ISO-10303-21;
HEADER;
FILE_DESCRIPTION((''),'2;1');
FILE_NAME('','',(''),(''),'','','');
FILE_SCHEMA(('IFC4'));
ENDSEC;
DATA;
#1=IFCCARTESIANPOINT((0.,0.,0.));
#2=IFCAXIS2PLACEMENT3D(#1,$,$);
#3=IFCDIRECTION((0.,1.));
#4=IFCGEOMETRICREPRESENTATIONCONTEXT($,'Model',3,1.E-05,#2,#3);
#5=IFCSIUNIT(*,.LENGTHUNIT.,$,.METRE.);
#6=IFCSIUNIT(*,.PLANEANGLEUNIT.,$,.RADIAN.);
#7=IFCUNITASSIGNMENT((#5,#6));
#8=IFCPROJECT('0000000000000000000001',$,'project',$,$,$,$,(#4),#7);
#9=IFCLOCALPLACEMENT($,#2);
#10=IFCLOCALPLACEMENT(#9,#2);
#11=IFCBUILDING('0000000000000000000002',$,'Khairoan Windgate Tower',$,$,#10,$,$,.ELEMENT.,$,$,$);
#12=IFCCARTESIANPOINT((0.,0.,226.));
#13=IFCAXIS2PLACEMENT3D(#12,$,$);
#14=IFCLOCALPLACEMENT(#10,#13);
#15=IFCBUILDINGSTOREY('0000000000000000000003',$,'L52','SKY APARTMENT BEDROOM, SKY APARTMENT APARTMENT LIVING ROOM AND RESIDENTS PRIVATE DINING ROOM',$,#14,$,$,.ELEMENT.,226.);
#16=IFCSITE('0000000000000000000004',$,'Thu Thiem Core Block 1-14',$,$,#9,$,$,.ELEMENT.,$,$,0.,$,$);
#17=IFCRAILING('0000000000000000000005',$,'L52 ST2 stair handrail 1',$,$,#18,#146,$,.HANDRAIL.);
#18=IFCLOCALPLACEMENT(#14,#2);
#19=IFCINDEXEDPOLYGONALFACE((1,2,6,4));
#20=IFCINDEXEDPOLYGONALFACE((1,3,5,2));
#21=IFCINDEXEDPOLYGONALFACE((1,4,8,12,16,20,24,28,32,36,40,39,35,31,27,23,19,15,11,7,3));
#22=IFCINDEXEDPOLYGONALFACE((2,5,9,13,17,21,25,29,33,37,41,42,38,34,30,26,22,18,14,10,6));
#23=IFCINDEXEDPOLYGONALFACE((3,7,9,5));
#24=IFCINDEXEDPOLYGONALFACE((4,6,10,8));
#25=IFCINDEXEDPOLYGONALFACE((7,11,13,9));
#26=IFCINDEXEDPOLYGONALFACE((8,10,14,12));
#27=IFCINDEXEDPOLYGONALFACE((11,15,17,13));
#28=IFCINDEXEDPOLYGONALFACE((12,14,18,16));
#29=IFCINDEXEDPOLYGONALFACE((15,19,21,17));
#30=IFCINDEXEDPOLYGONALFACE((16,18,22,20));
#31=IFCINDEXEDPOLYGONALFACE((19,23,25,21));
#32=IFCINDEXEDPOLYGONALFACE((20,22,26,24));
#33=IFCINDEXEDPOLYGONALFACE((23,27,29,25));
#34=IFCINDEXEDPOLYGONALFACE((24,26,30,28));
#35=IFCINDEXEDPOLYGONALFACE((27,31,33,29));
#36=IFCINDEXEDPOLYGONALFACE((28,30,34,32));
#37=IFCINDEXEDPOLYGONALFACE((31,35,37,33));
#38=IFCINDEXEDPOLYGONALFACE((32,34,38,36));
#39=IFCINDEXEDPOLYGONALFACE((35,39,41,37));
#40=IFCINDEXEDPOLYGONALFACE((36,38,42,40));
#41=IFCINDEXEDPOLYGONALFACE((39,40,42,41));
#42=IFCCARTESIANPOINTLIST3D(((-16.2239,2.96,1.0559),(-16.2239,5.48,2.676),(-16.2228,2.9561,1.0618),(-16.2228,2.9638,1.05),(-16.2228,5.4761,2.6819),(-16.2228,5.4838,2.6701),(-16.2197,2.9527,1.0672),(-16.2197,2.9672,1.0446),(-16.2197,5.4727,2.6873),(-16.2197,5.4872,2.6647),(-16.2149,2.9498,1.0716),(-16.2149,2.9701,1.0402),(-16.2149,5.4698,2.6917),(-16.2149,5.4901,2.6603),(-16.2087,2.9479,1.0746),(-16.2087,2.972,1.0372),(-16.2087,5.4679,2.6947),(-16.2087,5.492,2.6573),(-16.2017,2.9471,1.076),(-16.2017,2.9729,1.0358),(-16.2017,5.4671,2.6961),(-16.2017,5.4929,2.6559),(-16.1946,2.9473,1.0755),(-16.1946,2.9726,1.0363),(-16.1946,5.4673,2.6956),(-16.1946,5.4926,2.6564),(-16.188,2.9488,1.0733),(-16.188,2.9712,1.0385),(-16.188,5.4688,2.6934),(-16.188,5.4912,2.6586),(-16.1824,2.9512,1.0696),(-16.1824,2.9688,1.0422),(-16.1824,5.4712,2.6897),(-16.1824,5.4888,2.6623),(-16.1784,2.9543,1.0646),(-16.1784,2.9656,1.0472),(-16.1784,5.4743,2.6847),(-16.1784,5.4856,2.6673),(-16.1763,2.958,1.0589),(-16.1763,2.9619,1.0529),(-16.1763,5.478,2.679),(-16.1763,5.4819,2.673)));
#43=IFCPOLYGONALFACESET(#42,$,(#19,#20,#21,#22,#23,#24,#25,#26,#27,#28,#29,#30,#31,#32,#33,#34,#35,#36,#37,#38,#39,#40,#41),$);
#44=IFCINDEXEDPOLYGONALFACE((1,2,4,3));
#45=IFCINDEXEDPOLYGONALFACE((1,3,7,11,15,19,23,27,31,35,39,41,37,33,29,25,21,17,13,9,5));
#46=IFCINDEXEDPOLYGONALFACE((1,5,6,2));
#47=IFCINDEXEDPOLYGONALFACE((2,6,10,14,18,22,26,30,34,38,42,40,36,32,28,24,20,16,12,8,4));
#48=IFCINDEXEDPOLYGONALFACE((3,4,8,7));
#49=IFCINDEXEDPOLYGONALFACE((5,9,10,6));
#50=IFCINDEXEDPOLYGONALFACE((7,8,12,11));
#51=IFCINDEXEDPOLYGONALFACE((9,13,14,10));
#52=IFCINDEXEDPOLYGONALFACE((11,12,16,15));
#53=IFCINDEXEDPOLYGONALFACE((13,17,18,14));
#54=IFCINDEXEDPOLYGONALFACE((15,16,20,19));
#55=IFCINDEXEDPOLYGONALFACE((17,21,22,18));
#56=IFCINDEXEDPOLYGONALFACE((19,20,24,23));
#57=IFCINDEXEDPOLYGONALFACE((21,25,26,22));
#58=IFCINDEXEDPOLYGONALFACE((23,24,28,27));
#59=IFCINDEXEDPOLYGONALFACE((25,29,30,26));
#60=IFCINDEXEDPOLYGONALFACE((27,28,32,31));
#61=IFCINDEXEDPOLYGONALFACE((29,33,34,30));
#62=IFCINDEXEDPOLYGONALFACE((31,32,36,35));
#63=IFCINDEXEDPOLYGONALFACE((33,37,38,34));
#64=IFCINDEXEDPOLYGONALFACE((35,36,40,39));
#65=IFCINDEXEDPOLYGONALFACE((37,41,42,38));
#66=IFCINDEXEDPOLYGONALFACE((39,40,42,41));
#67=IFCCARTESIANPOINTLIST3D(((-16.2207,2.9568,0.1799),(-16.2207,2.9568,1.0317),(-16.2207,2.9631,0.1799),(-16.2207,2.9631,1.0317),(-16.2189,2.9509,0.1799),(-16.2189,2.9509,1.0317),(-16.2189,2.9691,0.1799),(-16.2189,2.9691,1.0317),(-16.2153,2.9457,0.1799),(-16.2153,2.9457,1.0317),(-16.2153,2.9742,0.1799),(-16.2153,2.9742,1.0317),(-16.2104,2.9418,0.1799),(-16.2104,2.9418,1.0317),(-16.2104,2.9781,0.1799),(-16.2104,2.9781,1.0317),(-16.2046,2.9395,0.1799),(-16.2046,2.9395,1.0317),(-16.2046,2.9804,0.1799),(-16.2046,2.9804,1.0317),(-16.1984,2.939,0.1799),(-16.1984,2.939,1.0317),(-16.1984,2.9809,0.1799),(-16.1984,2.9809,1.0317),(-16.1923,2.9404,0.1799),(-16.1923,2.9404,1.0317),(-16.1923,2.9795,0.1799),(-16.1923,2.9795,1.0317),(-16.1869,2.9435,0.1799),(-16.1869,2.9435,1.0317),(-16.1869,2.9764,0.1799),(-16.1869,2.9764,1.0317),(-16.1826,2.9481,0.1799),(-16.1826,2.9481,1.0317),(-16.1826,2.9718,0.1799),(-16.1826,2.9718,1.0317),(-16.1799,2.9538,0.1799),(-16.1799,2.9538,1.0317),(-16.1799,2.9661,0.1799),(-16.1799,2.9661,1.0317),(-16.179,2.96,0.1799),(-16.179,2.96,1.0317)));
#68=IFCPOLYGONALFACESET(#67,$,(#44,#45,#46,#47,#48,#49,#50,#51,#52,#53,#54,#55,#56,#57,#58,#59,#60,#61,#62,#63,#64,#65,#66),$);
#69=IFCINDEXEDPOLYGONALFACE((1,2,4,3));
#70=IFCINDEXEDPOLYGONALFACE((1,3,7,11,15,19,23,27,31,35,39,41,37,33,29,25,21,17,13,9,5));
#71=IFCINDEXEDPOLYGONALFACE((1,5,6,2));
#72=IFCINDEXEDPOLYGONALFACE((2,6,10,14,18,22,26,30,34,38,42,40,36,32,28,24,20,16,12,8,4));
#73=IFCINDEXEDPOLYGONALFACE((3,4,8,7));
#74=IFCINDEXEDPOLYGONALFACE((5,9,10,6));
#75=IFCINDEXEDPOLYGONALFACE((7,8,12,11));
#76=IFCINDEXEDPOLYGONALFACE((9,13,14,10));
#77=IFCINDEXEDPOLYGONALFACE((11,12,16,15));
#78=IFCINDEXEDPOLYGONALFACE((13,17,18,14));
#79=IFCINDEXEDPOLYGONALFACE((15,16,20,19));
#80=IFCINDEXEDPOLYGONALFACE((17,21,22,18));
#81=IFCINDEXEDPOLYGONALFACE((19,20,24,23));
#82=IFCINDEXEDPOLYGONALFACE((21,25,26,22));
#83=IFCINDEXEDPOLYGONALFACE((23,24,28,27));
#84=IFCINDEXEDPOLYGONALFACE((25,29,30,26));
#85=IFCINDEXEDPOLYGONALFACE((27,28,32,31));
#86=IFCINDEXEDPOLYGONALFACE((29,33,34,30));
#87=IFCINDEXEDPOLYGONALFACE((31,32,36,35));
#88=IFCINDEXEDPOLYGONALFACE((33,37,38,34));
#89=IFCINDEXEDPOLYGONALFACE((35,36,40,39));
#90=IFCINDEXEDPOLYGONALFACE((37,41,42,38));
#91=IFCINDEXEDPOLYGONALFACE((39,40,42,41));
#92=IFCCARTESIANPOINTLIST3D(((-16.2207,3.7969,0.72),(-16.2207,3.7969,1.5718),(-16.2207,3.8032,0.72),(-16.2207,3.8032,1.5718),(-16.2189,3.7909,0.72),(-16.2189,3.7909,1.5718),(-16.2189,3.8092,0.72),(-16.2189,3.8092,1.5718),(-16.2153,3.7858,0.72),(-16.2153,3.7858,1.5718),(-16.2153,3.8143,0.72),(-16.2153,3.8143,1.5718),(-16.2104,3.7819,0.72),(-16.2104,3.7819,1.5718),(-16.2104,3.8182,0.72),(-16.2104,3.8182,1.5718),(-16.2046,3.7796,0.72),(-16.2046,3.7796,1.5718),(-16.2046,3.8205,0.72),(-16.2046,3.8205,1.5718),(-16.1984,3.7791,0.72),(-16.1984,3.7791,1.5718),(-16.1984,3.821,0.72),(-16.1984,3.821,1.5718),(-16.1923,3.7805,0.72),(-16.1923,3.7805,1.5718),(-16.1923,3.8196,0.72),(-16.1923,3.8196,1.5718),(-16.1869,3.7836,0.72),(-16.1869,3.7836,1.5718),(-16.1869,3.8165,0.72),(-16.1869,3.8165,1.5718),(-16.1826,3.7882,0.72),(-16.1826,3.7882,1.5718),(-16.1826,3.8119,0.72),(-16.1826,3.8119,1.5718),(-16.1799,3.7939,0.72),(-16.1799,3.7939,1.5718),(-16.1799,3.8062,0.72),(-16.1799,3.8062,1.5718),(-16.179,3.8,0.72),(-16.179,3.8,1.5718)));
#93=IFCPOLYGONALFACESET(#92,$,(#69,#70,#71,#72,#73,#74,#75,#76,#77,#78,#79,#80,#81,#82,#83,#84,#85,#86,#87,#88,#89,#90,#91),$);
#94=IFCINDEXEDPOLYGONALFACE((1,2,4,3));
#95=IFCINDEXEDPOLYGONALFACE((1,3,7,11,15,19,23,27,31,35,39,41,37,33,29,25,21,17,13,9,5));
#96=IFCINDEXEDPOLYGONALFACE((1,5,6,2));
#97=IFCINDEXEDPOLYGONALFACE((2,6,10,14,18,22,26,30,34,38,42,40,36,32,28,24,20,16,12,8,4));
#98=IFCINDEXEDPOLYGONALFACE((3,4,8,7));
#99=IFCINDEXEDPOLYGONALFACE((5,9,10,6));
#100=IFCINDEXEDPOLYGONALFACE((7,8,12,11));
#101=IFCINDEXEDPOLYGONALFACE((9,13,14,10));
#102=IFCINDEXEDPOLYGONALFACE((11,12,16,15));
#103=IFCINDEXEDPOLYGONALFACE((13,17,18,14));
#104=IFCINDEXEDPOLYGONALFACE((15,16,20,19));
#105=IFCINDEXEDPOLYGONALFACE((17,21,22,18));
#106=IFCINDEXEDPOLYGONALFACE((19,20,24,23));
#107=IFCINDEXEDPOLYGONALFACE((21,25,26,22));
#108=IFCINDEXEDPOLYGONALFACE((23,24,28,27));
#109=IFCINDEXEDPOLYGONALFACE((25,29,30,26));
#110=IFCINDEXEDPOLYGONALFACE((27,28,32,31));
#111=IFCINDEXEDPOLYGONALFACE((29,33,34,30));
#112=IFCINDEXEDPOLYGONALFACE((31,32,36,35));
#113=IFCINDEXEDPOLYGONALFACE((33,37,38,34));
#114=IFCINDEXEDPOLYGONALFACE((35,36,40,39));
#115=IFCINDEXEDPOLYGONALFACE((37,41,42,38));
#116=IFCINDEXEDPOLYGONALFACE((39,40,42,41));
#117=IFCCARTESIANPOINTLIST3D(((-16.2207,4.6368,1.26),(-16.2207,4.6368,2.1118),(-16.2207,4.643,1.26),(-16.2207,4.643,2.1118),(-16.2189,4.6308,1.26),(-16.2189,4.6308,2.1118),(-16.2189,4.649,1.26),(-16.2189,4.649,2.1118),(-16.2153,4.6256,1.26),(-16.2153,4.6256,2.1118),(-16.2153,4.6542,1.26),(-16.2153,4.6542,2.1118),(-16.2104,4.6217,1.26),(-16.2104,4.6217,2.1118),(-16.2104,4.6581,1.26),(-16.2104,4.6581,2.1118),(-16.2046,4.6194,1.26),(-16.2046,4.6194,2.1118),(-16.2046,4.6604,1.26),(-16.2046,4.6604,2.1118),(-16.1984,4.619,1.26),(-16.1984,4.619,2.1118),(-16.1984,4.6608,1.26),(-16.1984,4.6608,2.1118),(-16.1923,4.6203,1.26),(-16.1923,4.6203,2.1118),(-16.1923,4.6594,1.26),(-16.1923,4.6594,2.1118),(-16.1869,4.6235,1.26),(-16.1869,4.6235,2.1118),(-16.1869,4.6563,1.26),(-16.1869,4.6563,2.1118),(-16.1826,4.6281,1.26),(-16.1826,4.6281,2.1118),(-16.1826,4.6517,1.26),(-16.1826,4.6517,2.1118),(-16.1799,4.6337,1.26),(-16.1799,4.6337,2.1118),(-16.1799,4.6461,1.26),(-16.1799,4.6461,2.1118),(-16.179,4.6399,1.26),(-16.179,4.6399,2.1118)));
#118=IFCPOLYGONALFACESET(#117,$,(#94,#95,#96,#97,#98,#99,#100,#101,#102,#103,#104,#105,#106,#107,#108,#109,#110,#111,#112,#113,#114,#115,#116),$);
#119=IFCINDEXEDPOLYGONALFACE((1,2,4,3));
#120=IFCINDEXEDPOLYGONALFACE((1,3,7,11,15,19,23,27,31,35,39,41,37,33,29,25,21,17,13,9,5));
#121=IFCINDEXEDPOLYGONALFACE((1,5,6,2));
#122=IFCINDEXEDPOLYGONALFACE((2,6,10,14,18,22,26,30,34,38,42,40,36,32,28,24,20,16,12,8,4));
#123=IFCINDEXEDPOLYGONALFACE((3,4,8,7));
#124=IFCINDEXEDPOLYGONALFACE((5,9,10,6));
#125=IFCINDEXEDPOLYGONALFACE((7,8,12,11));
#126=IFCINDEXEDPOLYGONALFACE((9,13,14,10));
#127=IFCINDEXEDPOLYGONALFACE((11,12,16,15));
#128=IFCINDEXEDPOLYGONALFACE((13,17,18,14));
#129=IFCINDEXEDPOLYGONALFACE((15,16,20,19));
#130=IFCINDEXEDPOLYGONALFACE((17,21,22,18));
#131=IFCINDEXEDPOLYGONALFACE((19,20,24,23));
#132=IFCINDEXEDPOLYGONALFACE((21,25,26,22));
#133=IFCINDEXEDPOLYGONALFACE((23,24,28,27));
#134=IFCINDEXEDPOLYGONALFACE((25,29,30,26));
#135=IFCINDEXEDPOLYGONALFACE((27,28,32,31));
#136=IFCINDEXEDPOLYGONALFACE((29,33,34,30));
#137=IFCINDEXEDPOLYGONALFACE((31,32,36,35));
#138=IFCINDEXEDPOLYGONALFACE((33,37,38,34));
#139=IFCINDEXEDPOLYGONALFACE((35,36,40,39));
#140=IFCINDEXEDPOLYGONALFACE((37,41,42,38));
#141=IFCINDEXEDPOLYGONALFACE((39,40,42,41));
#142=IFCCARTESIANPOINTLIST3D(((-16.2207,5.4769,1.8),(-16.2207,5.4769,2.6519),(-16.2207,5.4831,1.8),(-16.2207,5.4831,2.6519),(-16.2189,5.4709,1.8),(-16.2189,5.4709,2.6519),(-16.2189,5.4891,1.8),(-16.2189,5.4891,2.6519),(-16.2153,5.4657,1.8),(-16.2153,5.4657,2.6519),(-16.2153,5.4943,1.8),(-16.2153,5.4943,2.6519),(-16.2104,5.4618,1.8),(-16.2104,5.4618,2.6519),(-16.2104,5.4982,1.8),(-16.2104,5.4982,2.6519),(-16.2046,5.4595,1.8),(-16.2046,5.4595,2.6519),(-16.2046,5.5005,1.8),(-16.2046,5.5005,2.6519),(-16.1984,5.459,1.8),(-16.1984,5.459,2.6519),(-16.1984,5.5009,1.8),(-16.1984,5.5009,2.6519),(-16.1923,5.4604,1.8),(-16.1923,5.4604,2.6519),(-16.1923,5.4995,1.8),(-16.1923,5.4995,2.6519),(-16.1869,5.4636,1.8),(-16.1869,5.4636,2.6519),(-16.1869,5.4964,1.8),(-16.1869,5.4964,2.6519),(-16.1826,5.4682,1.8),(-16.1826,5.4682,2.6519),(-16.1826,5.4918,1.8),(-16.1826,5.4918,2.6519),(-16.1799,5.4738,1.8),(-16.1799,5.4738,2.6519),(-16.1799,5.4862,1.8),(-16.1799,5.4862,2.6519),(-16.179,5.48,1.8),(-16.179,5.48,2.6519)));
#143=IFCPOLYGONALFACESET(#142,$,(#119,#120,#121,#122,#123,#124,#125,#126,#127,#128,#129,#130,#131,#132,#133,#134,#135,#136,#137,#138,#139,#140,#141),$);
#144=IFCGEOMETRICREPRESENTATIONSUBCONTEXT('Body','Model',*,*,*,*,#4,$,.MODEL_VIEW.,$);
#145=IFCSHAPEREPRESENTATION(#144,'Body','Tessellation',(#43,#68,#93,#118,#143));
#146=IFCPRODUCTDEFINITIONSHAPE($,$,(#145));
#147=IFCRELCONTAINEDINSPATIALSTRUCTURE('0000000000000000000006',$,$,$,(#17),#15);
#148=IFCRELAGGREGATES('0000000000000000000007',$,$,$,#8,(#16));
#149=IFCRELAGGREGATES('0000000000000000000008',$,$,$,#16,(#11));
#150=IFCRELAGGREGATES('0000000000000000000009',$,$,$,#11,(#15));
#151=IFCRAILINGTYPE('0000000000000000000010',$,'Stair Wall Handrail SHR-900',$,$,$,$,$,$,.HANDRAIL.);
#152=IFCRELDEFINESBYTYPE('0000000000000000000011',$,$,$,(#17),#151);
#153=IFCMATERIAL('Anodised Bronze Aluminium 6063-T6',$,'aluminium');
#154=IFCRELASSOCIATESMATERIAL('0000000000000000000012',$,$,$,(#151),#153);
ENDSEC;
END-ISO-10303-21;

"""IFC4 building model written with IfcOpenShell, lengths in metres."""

from ifc_helpers import new_model, si_unit, direction, frame, origin, origin_2d, place, context, subcontext, project, spatial, circle, extrude, material, type_object, element, save


model = new_model("IFC4")

# Units and contexts
model_context = context("Model", 3, precision=1e-05, world=origin(), true_north=direction((0.0, 1.0)))
body_context = subcontext(model_context, "Body", "Model", "MODEL_VIEW")
ifc_project = project(units=[si_unit("LENGTHUNIT", "METRE"), si_unit("PLANEANGLEUNIT", "RADIAN")], contexts=[model_context])

# Site, building, storey
site_placement = place(None, origin())
site = spatial("IfcSite", under=ifc_project, at=site_placement, Name="Thu Thiem Core Block 1-14", CompositionType="ELEMENT", RefElevation=0.0)
building_placement = place(site_placement, origin())
building = spatial("IfcBuilding", under=site, at=building_placement, Name="Khairoan Windgate Tower", CompositionType="ELEMENT")
storey_placement = place(building_placement, frame((0.0, 0.0, 226.0)))
storey = spatial("IfcBuildingStorey", under=building, at=storey_placement, Name="L52", Description="SKY APARTMENT BEDROOM, SKY APARTMENT APARTMENT LIVING ROOM AND RESIDENTS PRIVATE DINING ROOM", CompositionType="ELEMENT", Elevation=226.0)

# Railing
ifc_material_1 = material(Name="Anodised Bronze Aluminium 6063-T6", Category="aluminium")
railing_type_1 = type_object("IfcRailingType", Name="Stair Wall Handrail SHR-900", PredefinedType="HANDRAIL", material=ifc_material_1)
railing_1_placement = place(storey_placement, frame((-16.2, 2.96, 0.1799)))
element("IfcRailing", 1, at=railing_1_placement, inside=storey, type_object=railing_type_1, Name="L52 ST2 stair handrail 1", PredefinedType="HANDRAIL", context=body_context, shape_type="SweptSolid", body=[
    extrude(circle(Radius=0.0239, at=origin_2d()), frame((0.0, 0.0, 0.876), z_axis=(0.0, 0.841163, 0.540782), x_axis=(-1.0, 0.0, 0.0)), (0.0, 0.0, 1.0), 2.9958),
    extrude(circle(Radius=0.021, at=origin_2d()), origin(), (0.0, 0.0, 1.0), 0.8518),
    extrude(circle(Radius=0.021, at=origin_2d()), frame((0.0, 0.8401, 0.54)), (0.0, 0.0, 1.0), 0.8518),
    extrude(circle(Radius=0.021, at=origin_2d()), frame((0.0, 1.6799, 1.0801)), (0.0, 0.0, 1.0), 0.8518),
    extrude(circle(Radius=0.021, at=origin_2d()), frame((0.0, 2.52, 1.6201)), (0.0, 0.0, 1.0), 0.8518),
])

save(model, "model.ifc")
